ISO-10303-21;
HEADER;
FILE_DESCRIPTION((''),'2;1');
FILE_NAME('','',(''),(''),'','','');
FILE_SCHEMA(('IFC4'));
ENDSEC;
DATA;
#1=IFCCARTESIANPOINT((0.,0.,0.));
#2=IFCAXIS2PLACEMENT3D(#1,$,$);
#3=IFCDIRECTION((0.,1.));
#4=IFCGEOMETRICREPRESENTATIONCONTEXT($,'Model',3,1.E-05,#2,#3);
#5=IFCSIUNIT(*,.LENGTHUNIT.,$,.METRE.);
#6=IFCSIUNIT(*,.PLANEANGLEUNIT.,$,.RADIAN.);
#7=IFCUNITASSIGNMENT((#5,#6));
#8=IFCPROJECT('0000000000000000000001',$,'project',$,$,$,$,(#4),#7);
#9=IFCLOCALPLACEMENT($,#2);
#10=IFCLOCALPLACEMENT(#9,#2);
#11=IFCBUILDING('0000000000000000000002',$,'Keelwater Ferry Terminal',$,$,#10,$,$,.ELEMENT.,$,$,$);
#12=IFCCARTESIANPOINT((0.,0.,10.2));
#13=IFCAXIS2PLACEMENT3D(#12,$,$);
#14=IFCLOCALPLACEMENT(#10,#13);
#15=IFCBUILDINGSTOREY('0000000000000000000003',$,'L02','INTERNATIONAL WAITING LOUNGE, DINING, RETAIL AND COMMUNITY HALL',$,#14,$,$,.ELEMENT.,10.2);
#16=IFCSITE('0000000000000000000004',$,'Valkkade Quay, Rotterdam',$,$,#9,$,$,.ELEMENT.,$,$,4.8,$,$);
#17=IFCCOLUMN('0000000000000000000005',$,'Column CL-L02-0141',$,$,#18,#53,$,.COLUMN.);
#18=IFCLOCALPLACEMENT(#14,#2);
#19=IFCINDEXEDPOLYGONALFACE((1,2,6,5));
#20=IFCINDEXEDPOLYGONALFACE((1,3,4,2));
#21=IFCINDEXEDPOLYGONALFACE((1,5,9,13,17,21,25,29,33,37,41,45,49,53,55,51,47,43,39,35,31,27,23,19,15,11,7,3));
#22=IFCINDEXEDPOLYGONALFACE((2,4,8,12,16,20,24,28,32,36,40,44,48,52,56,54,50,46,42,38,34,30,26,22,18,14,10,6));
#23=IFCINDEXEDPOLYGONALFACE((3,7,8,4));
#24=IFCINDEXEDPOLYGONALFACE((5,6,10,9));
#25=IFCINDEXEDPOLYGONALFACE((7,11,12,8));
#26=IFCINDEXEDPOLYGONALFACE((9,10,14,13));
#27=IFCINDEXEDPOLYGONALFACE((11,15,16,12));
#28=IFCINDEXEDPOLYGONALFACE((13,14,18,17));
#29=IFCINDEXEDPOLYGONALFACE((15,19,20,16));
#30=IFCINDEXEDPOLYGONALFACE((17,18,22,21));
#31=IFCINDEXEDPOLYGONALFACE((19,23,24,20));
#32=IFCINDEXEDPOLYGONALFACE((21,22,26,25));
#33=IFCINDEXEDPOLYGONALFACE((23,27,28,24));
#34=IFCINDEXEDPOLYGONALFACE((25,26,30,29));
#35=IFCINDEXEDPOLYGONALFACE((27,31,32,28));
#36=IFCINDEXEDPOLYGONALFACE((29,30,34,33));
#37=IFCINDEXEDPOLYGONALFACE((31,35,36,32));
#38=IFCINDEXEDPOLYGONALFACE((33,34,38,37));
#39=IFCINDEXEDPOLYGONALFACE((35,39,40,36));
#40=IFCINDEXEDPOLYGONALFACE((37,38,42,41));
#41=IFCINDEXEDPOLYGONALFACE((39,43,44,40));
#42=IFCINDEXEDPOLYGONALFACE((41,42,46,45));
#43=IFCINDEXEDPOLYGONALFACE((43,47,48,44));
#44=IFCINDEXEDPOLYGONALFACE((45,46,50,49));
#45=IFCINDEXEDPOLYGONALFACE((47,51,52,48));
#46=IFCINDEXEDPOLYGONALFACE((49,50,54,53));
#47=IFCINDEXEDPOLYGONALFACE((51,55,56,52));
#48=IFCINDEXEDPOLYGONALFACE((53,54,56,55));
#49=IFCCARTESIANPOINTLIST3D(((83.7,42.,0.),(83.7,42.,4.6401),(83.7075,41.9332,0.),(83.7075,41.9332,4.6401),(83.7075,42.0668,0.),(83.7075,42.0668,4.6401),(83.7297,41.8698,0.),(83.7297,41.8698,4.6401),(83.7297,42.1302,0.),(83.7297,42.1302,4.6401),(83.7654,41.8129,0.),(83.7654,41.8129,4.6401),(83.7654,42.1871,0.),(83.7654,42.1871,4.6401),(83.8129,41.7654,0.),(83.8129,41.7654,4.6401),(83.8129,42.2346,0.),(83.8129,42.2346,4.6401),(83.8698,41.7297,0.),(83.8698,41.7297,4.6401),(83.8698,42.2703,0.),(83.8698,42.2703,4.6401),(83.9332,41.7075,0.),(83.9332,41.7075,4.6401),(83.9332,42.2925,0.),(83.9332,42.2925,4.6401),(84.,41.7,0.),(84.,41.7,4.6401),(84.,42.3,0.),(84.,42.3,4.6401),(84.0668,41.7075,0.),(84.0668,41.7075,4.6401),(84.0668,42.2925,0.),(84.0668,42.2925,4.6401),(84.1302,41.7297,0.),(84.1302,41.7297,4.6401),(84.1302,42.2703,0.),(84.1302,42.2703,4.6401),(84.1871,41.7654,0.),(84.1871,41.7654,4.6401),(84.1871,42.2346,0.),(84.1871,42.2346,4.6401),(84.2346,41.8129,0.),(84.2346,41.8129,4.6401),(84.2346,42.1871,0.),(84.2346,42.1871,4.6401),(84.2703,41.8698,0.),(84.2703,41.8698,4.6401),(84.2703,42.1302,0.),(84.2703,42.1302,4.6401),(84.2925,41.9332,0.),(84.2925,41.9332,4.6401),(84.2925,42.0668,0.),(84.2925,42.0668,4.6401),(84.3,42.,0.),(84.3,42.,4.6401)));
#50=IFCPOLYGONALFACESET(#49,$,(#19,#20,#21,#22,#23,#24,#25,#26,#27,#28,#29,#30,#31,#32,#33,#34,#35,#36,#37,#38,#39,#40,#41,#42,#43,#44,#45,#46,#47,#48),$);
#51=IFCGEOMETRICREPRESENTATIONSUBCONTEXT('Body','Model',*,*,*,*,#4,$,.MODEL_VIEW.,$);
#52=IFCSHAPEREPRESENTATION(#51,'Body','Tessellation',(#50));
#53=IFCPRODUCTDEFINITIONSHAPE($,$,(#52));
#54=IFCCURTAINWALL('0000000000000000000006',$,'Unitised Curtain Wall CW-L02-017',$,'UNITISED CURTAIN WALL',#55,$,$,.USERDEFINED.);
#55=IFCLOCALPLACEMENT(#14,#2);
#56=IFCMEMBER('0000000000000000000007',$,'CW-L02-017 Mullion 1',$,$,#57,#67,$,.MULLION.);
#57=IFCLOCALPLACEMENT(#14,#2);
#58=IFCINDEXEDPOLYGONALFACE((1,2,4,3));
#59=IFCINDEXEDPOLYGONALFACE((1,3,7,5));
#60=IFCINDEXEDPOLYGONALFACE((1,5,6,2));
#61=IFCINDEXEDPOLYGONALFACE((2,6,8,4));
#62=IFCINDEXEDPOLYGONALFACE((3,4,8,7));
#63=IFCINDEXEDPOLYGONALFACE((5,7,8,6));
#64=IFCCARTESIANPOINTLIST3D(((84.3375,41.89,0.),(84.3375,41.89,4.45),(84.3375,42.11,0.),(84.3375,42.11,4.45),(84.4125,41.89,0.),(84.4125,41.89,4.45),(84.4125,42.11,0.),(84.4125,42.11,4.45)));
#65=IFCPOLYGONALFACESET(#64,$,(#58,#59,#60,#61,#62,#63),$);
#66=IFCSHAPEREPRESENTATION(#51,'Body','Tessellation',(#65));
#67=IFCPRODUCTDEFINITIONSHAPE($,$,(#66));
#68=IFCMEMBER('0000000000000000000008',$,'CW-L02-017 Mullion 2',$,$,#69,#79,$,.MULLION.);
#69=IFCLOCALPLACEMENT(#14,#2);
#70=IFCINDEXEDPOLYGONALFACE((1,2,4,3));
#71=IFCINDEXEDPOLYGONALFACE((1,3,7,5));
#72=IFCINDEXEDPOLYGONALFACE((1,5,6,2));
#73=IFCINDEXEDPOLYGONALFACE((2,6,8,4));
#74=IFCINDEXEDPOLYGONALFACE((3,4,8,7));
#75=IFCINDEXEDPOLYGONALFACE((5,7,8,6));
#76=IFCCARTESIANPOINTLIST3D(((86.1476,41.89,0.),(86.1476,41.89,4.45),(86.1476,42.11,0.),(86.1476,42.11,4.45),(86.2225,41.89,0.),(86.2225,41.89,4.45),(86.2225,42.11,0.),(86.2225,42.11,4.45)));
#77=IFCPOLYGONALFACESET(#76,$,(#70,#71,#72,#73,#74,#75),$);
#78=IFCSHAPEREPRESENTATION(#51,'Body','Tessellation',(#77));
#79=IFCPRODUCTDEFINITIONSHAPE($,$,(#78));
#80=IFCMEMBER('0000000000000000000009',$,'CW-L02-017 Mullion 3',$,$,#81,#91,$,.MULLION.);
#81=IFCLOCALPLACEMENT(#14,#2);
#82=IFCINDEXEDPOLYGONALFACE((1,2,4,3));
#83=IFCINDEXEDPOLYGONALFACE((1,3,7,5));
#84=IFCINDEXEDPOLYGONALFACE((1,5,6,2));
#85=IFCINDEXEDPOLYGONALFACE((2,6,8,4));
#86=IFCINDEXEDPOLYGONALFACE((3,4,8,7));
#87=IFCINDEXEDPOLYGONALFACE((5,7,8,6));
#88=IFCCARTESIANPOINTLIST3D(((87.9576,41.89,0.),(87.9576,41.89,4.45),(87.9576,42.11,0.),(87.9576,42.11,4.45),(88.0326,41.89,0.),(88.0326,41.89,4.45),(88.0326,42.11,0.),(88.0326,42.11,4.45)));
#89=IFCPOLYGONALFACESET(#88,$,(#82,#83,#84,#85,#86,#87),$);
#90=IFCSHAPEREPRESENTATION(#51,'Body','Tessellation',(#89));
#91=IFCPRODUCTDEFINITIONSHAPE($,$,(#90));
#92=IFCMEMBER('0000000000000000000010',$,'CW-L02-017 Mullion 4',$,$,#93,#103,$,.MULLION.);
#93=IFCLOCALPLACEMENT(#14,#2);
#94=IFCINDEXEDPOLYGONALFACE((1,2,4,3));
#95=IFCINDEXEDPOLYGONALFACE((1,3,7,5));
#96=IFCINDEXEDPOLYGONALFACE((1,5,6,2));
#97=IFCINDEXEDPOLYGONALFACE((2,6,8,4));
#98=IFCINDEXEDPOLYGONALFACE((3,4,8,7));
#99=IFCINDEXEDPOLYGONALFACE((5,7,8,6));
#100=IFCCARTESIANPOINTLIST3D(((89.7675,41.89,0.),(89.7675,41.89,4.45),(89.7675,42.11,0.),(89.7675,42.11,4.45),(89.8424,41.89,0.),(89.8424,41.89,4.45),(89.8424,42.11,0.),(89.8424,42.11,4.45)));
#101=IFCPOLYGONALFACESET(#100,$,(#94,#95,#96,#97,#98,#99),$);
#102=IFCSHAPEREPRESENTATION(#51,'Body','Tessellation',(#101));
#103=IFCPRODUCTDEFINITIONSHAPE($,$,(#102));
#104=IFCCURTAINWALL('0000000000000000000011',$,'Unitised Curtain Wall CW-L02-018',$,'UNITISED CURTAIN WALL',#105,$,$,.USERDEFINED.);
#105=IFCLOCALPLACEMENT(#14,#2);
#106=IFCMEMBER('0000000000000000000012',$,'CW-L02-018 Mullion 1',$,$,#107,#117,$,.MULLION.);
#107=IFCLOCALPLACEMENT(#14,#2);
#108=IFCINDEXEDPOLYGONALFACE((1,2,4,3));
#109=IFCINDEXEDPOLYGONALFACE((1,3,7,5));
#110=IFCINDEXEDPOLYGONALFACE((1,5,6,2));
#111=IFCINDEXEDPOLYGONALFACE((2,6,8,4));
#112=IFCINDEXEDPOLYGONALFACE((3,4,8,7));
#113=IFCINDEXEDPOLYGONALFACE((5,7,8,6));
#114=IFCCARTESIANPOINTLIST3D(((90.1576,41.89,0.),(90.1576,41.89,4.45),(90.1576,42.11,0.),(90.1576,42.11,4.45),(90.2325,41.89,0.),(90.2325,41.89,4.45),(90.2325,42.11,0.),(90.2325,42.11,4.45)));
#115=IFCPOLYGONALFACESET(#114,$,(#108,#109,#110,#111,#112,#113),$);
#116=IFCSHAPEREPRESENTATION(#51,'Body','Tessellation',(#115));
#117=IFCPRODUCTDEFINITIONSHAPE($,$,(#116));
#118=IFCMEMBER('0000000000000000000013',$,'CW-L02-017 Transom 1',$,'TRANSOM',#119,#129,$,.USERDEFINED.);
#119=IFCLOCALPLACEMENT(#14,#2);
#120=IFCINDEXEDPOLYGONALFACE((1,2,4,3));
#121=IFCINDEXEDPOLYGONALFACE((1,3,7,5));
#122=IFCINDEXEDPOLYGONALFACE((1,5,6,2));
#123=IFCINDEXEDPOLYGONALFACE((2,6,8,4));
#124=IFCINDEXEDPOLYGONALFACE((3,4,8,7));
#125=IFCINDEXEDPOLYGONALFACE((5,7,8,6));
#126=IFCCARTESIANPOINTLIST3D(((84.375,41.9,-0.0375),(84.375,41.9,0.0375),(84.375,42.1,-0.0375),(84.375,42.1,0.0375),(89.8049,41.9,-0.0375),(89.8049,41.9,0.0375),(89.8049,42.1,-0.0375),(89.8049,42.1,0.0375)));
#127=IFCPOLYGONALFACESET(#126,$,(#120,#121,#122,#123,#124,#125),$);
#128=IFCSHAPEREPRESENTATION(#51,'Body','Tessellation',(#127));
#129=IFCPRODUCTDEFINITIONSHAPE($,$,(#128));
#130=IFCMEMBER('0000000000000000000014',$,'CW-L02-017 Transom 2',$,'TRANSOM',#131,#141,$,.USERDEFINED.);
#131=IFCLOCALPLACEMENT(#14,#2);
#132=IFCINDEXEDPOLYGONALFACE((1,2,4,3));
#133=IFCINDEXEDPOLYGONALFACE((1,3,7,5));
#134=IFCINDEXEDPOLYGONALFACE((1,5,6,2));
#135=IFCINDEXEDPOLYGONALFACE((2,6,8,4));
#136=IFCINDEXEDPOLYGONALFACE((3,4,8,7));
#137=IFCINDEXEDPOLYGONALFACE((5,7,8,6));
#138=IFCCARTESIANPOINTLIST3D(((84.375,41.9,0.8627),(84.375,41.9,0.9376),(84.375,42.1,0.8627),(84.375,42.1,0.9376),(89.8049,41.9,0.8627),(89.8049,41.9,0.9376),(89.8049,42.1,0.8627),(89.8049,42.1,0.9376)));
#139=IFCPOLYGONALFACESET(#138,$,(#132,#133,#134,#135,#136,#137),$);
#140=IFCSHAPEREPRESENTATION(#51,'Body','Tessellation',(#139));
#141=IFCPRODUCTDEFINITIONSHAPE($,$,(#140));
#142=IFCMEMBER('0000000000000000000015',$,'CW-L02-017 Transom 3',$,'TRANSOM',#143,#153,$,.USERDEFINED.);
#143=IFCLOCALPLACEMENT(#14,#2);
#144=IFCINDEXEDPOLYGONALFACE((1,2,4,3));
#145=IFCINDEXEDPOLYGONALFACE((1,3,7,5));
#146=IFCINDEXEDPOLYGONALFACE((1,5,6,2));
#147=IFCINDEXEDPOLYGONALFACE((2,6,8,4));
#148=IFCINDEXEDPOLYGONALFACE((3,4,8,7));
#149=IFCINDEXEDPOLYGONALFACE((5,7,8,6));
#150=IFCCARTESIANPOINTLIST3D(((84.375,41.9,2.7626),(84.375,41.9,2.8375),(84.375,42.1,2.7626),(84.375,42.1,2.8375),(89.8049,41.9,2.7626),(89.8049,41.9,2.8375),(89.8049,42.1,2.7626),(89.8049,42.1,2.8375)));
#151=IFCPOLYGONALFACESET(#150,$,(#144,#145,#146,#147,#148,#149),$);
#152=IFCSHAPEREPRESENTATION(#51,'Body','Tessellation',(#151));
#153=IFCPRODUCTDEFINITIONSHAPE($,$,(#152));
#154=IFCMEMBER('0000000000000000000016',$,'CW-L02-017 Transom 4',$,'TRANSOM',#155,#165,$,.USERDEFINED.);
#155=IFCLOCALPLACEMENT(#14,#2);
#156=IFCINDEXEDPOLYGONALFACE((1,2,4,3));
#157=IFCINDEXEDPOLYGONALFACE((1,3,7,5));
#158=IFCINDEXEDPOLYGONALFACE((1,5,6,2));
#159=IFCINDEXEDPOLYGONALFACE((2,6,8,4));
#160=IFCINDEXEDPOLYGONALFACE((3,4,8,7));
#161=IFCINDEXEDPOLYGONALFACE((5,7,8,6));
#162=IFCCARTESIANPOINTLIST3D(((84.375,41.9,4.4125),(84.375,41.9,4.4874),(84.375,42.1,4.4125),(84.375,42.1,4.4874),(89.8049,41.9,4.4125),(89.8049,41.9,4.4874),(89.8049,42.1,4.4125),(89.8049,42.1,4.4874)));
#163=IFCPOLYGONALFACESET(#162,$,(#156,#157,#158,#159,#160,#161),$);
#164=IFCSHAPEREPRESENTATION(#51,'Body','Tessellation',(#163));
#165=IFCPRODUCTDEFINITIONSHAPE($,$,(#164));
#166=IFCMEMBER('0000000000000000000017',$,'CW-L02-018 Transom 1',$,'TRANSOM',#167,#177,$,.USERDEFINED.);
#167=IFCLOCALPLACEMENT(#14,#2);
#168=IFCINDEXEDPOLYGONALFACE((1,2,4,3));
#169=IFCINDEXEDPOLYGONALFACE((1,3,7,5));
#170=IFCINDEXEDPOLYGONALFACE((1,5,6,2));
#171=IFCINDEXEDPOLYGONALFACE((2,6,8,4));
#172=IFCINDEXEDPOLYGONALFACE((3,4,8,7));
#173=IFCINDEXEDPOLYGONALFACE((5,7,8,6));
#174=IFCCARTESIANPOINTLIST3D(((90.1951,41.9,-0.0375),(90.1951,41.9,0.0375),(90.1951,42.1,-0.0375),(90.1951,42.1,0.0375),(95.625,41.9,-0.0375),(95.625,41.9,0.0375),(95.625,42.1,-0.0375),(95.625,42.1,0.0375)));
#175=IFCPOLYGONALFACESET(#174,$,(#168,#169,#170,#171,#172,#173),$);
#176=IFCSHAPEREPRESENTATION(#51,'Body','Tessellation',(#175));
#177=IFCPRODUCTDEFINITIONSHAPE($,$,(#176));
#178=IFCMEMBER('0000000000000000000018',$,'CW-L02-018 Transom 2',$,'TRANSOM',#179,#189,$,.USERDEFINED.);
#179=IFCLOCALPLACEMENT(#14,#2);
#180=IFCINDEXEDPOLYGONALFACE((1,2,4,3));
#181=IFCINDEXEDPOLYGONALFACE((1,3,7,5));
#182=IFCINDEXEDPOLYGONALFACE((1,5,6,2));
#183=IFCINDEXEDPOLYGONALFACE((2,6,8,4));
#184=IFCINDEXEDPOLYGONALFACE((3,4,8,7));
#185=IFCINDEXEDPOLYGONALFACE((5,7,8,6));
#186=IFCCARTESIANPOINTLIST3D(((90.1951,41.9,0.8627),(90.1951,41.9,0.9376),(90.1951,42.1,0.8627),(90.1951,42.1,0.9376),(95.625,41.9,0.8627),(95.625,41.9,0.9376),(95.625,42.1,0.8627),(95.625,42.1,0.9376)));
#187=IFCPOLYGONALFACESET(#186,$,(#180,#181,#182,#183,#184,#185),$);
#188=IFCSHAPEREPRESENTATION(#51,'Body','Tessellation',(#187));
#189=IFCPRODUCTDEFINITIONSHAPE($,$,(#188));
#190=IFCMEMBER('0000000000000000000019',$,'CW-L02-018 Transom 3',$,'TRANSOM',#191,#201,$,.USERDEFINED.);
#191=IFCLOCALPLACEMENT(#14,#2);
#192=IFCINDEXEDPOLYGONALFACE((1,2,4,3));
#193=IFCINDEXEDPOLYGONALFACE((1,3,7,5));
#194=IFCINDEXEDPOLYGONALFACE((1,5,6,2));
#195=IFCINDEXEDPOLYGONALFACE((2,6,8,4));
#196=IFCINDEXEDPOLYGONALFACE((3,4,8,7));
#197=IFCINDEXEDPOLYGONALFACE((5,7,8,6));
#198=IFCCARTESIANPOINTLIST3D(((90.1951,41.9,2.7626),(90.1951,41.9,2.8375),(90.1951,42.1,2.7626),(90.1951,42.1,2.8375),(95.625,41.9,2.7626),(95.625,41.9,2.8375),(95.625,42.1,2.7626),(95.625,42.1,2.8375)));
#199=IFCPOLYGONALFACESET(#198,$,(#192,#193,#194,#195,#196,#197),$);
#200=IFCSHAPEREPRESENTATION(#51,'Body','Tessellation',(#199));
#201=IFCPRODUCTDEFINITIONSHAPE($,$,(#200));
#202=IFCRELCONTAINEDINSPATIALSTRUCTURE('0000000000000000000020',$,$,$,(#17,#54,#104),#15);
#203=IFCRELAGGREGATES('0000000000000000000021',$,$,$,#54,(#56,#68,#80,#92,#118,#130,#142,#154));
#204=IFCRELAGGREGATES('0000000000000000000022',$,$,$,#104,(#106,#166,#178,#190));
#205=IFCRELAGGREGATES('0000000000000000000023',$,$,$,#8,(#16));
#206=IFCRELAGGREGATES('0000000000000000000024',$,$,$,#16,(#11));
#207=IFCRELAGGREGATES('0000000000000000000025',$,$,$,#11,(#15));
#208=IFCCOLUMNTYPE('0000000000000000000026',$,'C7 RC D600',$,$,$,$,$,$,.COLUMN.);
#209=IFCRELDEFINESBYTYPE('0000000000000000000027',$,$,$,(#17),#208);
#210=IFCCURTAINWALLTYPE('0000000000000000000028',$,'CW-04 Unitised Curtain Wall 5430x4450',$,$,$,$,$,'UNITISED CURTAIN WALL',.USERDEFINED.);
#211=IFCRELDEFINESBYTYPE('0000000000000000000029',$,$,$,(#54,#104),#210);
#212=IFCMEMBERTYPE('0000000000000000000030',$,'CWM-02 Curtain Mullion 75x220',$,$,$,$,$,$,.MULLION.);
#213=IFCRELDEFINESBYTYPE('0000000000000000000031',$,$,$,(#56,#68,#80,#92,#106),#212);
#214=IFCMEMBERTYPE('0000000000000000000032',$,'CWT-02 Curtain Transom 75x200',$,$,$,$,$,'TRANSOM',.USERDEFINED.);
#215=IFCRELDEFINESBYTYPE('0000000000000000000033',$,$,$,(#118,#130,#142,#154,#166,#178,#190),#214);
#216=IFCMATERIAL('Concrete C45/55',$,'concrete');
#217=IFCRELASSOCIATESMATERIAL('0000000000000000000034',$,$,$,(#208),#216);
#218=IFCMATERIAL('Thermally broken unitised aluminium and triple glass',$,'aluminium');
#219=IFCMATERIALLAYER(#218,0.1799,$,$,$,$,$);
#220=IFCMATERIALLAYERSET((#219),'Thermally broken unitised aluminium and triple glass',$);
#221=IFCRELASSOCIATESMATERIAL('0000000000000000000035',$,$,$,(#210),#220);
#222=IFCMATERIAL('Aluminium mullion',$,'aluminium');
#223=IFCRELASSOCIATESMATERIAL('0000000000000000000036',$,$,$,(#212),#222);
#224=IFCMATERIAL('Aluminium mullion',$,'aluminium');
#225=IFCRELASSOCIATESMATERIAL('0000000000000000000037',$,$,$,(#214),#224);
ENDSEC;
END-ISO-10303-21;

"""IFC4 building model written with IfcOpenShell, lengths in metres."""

from ifc_helpers import new_model, si_unit, direction, frame, origin, origin_2d, place, context, subcontext, project, spatial, rectangle, circle, extrude, material, layer, layer_set, material_profile, profile_set, type_object, element, aggregate, save


model = new_model("IFC4")

# Units and contexts
model_context = context("Model", 3, precision=1e-05, world=origin(), true_north=direction((0.0, 1.0)))
body_context = subcontext(model_context, "Body", "Model", "MODEL_VIEW")
ifc_project = project(units=[si_unit("LENGTHUNIT", "METRE"), si_unit("PLANEANGLEUNIT", "RADIAN")], contexts=[model_context])

# Site, building, storey
site_placement = place(None, origin())
site = spatial("IfcSite", under=ifc_project, at=site_placement, Name="Valkkade Quay, Rotterdam", CompositionType="ELEMENT", RefElevation=4.8)
building_placement = place(site_placement, origin())
building = spatial("IfcBuilding", under=site, at=building_placement, Name="Keelwater Ferry Terminal", CompositionType="ELEMENT")
storey_placement = place(building_placement, frame((0.0, 0.0, 10.2)))
storey = spatial("IfcBuildingStorey", under=building, at=storey_placement, Name="L02", Description="INTERNATIONAL WAITING LOUNGE, DINING, RETAIL AND COMMUNITY HALL", CompositionType="ELEMENT", Elevation=10.2)

# Column
ifc_material_1 = material(Name="Concrete C45/55", Category="concrete")
ifc_material_profile_1 = material_profile(ifc_material_1, circle(Radius=0.3, at=origin_2d()), Name="RC D600")
ifc_profile_set_1 = profile_set([ifc_material_profile_1], Name="Concrete C45/55")
column_type = type_object("IfcColumnType", Name="C7 RC D600", PredefinedType="COLUMN", material=ifc_profile_set_1)
column_placement = place(storey_placement, frame((84.0, 42.0, 0.0), z_axis=(0.0, 0.0, 1.0), x_axis=(1.0, 0.0, 0.0)))
element("IfcColumn", 1, at=column_placement, inside=storey, type_object=column_type, Name="Column CL-L02-0141", PredefinedType="COLUMN", context=body_context, shape_type="SweptSolid", body=[
    extrude(circle(Radius=0.3, at=origin_2d()), origin(), (0.0, 0.0, 1.0), 4.6401),
])

# Curtain wall, members
ifc_material_2 = material(Name="Thermally broken unitised aluminium and triple glass", Category="aluminium")
ifc_layer_1 = layer(ifc_material_2, 0.1799)
ifc_layer_set_1 = layer_set([ifc_layer_1], Name="Thermally broken unitised aluminium and triple glass")
curtain_wall_type = type_object("IfcCurtainWallType", Name="CW-04 Unitised Curtain Wall 5430x4450", ElementType="UNITISED CURTAIN WALL", PredefinedType="USERDEFINED", material=ifc_layer_set_1)
curtain_wall_1_placement = place(storey_placement, origin())
curtain_wall_1 = element("IfcCurtainWall", 2, at=curtain_wall_1_placement, inside=storey, type_object=curtain_wall_type, Name="Unitised Curtain Wall CW-L02-017", ObjectType="UNITISED CURTAIN WALL", PredefinedType="USERDEFINED")
ifc_material_3 = material(Name="Aluminium mullion", Category="aluminium")
ifc_material_profile_2 = material_profile(ifc_material_3, rectangle(XDim=0.075, YDim=0.22, at=origin_2d()), Name="CWM-02")
ifc_profile_set_2 = profile_set([ifc_material_profile_2], Name="Aluminium mullion")
member_type_1 = type_object("IfcMemberType", Name="CWM-02 Curtain Mullion 75x220", PredefinedType="MULLION", material=ifc_profile_set_2)
member_1_placement = place(storey_placement, frame((84.375, 42.0, 0.0), z_axis=(0.0, 0.0, 1.0), x_axis=(1.0, 0.0, 0.0)))
member_1 = element("IfcMember", 3, at=member_1_placement, type_object=member_type_1, Name="CW-L02-017 Mullion 1", PredefinedType="MULLION", context=body_context, shape_type="SweptSolid", body=[
    extrude(rectangle(XDim=0.075, YDim=0.22, at=origin_2d()), origin(), (0.0, 0.0, 1.0), 4.45),
])
member_2_placement = place(storey_placement, frame((86.1851, 42.0, 0.0), z_axis=(0.0, 0.0, 1.0), x_axis=(1.0, 0.0, 0.0)))
member_2 = element("IfcMember", 4, at=member_2_placement, type_object=member_type_1, Name="CW-L02-017 Mullion 2", PredefinedType="MULLION", context=body_context, shape_type="SweptSolid", body=[
    extrude(rectangle(XDim=0.075, YDim=0.22, at=origin_2d()), origin(), (0.0, 0.0, 1.0), 4.45),
])
member_3_placement = place(storey_placement, frame((87.9951, 42.0, 0.0), z_axis=(0.0, 0.0, 1.0), x_axis=(1.0, 0.0, 0.0)))
member_3 = element("IfcMember", 5, at=member_3_placement, type_object=member_type_1, Name="CW-L02-017 Mullion 3", PredefinedType="MULLION", context=body_context, shape_type="SweptSolid", body=[
    extrude(rectangle(XDim=0.075, YDim=0.22, at=origin_2d()), origin(), (0.0, 0.0, 1.0), 4.45),
])
member_4_placement = place(storey_placement, frame((89.8049, 42.0, 0.0), z_axis=(0.0, 0.0, 1.0), x_axis=(1.0, 0.0, 0.0)))
member_4 = element("IfcMember", 6, at=member_4_placement, type_object=member_type_1, Name="CW-L02-017 Mullion 4", PredefinedType="MULLION", context=body_context, shape_type="SweptSolid", body=[
    extrude(rectangle(XDim=0.075, YDim=0.22, at=origin_2d()), origin(), (0.0, 0.0, 1.0), 4.45),
])

# Curtain wall, member
curtain_wall_2_placement = place(storey_placement, origin())
curtain_wall_2 = element("IfcCurtainWall", 7, at=curtain_wall_2_placement, inside=storey, type_object=curtain_wall_type, Name="Unitised Curtain Wall CW-L02-018", ObjectType="UNITISED CURTAIN WALL", PredefinedType="USERDEFINED")
member_5_placement = place(storey_placement, frame((90.1951, 42.0, 0.0), z_axis=(0.0, 0.0, 1.0), x_axis=(1.0, 0.0, 0.0)))
member_5 = element("IfcMember", 8, at=member_5_placement, type_object=member_type_1, Name="CW-L02-018 Mullion 1", PredefinedType="MULLION", context=body_context, shape_type="SweptSolid", body=[
    extrude(rectangle(XDim=0.075, YDim=0.22, at=origin_2d()), origin(), (0.0, 0.0, 1.0), 4.45),
])

# Members
ifc_material_4 = material(Name="Aluminium mullion", Category="aluminium")
ifc_material_profile_3 = material_profile(ifc_material_4, rectangle(XDim=0.2, YDim=0.075, at=origin_2d()), Name="CWT-02")
ifc_profile_set_3 = profile_set([ifc_material_profile_3], Name="Aluminium mullion")
member_type_2 = type_object("IfcMemberType", Name="CWT-02 Curtain Transom 75x200", ElementType="TRANSOM", PredefinedType="USERDEFINED", material=ifc_profile_set_3)
member_6_placement = place(storey_placement, frame((84.375, 42.0, 0.0), z_axis=(1.0, 0.0, 0.0), x_axis=(0.0, 1.0, 0.0)))
member_6 = element("IfcMember", 9, at=member_6_placement, type_object=member_type_2, Name="CW-L02-017 Transom 1", ObjectType="TRANSOM", PredefinedType="USERDEFINED", context=body_context, shape_type="SweptSolid", body=[
    extrude(rectangle(XDim=0.2, YDim=0.075, at=origin_2d()), origin(), (0.0, 0.0, 1.0), 5.4299),
])
member_7_placement = place(storey_placement, frame((84.375, 42.0, 0.9001), z_axis=(1.0, 0.0, 0.0), x_axis=(0.0, 1.0, 0.0)))
member_7 = element("IfcMember", 10, at=member_7_placement, type_object=member_type_2, Name="CW-L02-017 Transom 2", ObjectType="TRANSOM", PredefinedType="USERDEFINED", context=body_context, shape_type="SweptSolid", body=[
    extrude(rectangle(XDim=0.2, YDim=0.075, at=origin_2d()), origin(), (0.0, 0.0, 1.0), 5.4299),
])
member_8_placement = place(storey_placement, frame((84.375, 42.0, 2.8), z_axis=(1.0, 0.0, 0.0), x_axis=(0.0, 1.0, 0.0)))
member_8 = element("IfcMember", 11, at=member_8_placement, type_object=member_type_2, Name="CW-L02-017 Transom 3", ObjectType="TRANSOM", PredefinedType="USERDEFINED", context=body_context, shape_type="SweptSolid", body=[
    extrude(rectangle(XDim=0.2, YDim=0.075, at=origin_2d()), origin(), (0.0, 0.0, 1.0), 5.4299),
])
member_9_placement = place(storey_placement, frame((84.375, 42.0, 4.45), z_axis=(1.0, 0.0, 0.0), x_axis=(0.0, 1.0, 0.0)))
member_9 = element("IfcMember", 12, at=member_9_placement, type_object=member_type_2, Name="CW-L02-017 Transom 4", ObjectType="TRANSOM", PredefinedType="USERDEFINED", context=body_context, shape_type="SweptSolid", body=[
    extrude(rectangle(XDim=0.2, YDim=0.075, at=origin_2d()), origin(), (0.0, 0.0, 1.0), 5.4299),
])
member_10_placement = place(storey_placement, frame((90.1951, 42.0, 0.0), z_axis=(1.0, 0.0, 0.0), x_axis=(0.0, 1.0, 0.0)))
member_10 = element("IfcMember", 13, at=member_10_placement, type_object=member_type_2, Name="CW-L02-018 Transom 1", ObjectType="TRANSOM", PredefinedType="USERDEFINED", context=body_context, shape_type="SweptSolid", body=[
    extrude(rectangle(XDim=0.2, YDim=0.075, at=origin_2d()), origin(), (0.0, 0.0, 1.0), 5.4299),
])
member_11_placement = place(storey_placement, frame((90.1951, 42.0, 0.9001), z_axis=(1.0, 0.0, 0.0), x_axis=(0.0, 1.0, 0.0)))
member_11 = element("IfcMember", 14, at=member_11_placement, type_object=member_type_2, Name="CW-L02-018 Transom 2", ObjectType="TRANSOM", PredefinedType="USERDEFINED", context=body_context, shape_type="SweptSolid", body=[
    extrude(rectangle(XDim=0.2, YDim=0.075, at=origin_2d()), origin(), (0.0, 0.0, 1.0), 5.4299),
])
member_12_placement = place(storey_placement, frame((90.1951, 42.0, 2.8), z_axis=(1.0, 0.0, 0.0), x_axis=(0.0, 1.0, 0.0)))
member_12 = element("IfcMember", 15, at=member_12_placement, type_object=member_type_2, Name="CW-L02-018 Transom 3", ObjectType="TRANSOM", PredefinedType="USERDEFINED", context=body_context, shape_type="SweptSolid", body=[
    extrude(rectangle(XDim=0.2, YDim=0.075, at=origin_2d()), origin(), (0.0, 0.0, 1.0), 5.4299),
])

aggregate(curtain_wall_1, [member_1, member_2, member_3, member_4, member_6, member_7, member_8, member_9])
aggregate(curtain_wall_2, [member_5, member_10, member_11, member_12])

save(model, "model.ifc")
